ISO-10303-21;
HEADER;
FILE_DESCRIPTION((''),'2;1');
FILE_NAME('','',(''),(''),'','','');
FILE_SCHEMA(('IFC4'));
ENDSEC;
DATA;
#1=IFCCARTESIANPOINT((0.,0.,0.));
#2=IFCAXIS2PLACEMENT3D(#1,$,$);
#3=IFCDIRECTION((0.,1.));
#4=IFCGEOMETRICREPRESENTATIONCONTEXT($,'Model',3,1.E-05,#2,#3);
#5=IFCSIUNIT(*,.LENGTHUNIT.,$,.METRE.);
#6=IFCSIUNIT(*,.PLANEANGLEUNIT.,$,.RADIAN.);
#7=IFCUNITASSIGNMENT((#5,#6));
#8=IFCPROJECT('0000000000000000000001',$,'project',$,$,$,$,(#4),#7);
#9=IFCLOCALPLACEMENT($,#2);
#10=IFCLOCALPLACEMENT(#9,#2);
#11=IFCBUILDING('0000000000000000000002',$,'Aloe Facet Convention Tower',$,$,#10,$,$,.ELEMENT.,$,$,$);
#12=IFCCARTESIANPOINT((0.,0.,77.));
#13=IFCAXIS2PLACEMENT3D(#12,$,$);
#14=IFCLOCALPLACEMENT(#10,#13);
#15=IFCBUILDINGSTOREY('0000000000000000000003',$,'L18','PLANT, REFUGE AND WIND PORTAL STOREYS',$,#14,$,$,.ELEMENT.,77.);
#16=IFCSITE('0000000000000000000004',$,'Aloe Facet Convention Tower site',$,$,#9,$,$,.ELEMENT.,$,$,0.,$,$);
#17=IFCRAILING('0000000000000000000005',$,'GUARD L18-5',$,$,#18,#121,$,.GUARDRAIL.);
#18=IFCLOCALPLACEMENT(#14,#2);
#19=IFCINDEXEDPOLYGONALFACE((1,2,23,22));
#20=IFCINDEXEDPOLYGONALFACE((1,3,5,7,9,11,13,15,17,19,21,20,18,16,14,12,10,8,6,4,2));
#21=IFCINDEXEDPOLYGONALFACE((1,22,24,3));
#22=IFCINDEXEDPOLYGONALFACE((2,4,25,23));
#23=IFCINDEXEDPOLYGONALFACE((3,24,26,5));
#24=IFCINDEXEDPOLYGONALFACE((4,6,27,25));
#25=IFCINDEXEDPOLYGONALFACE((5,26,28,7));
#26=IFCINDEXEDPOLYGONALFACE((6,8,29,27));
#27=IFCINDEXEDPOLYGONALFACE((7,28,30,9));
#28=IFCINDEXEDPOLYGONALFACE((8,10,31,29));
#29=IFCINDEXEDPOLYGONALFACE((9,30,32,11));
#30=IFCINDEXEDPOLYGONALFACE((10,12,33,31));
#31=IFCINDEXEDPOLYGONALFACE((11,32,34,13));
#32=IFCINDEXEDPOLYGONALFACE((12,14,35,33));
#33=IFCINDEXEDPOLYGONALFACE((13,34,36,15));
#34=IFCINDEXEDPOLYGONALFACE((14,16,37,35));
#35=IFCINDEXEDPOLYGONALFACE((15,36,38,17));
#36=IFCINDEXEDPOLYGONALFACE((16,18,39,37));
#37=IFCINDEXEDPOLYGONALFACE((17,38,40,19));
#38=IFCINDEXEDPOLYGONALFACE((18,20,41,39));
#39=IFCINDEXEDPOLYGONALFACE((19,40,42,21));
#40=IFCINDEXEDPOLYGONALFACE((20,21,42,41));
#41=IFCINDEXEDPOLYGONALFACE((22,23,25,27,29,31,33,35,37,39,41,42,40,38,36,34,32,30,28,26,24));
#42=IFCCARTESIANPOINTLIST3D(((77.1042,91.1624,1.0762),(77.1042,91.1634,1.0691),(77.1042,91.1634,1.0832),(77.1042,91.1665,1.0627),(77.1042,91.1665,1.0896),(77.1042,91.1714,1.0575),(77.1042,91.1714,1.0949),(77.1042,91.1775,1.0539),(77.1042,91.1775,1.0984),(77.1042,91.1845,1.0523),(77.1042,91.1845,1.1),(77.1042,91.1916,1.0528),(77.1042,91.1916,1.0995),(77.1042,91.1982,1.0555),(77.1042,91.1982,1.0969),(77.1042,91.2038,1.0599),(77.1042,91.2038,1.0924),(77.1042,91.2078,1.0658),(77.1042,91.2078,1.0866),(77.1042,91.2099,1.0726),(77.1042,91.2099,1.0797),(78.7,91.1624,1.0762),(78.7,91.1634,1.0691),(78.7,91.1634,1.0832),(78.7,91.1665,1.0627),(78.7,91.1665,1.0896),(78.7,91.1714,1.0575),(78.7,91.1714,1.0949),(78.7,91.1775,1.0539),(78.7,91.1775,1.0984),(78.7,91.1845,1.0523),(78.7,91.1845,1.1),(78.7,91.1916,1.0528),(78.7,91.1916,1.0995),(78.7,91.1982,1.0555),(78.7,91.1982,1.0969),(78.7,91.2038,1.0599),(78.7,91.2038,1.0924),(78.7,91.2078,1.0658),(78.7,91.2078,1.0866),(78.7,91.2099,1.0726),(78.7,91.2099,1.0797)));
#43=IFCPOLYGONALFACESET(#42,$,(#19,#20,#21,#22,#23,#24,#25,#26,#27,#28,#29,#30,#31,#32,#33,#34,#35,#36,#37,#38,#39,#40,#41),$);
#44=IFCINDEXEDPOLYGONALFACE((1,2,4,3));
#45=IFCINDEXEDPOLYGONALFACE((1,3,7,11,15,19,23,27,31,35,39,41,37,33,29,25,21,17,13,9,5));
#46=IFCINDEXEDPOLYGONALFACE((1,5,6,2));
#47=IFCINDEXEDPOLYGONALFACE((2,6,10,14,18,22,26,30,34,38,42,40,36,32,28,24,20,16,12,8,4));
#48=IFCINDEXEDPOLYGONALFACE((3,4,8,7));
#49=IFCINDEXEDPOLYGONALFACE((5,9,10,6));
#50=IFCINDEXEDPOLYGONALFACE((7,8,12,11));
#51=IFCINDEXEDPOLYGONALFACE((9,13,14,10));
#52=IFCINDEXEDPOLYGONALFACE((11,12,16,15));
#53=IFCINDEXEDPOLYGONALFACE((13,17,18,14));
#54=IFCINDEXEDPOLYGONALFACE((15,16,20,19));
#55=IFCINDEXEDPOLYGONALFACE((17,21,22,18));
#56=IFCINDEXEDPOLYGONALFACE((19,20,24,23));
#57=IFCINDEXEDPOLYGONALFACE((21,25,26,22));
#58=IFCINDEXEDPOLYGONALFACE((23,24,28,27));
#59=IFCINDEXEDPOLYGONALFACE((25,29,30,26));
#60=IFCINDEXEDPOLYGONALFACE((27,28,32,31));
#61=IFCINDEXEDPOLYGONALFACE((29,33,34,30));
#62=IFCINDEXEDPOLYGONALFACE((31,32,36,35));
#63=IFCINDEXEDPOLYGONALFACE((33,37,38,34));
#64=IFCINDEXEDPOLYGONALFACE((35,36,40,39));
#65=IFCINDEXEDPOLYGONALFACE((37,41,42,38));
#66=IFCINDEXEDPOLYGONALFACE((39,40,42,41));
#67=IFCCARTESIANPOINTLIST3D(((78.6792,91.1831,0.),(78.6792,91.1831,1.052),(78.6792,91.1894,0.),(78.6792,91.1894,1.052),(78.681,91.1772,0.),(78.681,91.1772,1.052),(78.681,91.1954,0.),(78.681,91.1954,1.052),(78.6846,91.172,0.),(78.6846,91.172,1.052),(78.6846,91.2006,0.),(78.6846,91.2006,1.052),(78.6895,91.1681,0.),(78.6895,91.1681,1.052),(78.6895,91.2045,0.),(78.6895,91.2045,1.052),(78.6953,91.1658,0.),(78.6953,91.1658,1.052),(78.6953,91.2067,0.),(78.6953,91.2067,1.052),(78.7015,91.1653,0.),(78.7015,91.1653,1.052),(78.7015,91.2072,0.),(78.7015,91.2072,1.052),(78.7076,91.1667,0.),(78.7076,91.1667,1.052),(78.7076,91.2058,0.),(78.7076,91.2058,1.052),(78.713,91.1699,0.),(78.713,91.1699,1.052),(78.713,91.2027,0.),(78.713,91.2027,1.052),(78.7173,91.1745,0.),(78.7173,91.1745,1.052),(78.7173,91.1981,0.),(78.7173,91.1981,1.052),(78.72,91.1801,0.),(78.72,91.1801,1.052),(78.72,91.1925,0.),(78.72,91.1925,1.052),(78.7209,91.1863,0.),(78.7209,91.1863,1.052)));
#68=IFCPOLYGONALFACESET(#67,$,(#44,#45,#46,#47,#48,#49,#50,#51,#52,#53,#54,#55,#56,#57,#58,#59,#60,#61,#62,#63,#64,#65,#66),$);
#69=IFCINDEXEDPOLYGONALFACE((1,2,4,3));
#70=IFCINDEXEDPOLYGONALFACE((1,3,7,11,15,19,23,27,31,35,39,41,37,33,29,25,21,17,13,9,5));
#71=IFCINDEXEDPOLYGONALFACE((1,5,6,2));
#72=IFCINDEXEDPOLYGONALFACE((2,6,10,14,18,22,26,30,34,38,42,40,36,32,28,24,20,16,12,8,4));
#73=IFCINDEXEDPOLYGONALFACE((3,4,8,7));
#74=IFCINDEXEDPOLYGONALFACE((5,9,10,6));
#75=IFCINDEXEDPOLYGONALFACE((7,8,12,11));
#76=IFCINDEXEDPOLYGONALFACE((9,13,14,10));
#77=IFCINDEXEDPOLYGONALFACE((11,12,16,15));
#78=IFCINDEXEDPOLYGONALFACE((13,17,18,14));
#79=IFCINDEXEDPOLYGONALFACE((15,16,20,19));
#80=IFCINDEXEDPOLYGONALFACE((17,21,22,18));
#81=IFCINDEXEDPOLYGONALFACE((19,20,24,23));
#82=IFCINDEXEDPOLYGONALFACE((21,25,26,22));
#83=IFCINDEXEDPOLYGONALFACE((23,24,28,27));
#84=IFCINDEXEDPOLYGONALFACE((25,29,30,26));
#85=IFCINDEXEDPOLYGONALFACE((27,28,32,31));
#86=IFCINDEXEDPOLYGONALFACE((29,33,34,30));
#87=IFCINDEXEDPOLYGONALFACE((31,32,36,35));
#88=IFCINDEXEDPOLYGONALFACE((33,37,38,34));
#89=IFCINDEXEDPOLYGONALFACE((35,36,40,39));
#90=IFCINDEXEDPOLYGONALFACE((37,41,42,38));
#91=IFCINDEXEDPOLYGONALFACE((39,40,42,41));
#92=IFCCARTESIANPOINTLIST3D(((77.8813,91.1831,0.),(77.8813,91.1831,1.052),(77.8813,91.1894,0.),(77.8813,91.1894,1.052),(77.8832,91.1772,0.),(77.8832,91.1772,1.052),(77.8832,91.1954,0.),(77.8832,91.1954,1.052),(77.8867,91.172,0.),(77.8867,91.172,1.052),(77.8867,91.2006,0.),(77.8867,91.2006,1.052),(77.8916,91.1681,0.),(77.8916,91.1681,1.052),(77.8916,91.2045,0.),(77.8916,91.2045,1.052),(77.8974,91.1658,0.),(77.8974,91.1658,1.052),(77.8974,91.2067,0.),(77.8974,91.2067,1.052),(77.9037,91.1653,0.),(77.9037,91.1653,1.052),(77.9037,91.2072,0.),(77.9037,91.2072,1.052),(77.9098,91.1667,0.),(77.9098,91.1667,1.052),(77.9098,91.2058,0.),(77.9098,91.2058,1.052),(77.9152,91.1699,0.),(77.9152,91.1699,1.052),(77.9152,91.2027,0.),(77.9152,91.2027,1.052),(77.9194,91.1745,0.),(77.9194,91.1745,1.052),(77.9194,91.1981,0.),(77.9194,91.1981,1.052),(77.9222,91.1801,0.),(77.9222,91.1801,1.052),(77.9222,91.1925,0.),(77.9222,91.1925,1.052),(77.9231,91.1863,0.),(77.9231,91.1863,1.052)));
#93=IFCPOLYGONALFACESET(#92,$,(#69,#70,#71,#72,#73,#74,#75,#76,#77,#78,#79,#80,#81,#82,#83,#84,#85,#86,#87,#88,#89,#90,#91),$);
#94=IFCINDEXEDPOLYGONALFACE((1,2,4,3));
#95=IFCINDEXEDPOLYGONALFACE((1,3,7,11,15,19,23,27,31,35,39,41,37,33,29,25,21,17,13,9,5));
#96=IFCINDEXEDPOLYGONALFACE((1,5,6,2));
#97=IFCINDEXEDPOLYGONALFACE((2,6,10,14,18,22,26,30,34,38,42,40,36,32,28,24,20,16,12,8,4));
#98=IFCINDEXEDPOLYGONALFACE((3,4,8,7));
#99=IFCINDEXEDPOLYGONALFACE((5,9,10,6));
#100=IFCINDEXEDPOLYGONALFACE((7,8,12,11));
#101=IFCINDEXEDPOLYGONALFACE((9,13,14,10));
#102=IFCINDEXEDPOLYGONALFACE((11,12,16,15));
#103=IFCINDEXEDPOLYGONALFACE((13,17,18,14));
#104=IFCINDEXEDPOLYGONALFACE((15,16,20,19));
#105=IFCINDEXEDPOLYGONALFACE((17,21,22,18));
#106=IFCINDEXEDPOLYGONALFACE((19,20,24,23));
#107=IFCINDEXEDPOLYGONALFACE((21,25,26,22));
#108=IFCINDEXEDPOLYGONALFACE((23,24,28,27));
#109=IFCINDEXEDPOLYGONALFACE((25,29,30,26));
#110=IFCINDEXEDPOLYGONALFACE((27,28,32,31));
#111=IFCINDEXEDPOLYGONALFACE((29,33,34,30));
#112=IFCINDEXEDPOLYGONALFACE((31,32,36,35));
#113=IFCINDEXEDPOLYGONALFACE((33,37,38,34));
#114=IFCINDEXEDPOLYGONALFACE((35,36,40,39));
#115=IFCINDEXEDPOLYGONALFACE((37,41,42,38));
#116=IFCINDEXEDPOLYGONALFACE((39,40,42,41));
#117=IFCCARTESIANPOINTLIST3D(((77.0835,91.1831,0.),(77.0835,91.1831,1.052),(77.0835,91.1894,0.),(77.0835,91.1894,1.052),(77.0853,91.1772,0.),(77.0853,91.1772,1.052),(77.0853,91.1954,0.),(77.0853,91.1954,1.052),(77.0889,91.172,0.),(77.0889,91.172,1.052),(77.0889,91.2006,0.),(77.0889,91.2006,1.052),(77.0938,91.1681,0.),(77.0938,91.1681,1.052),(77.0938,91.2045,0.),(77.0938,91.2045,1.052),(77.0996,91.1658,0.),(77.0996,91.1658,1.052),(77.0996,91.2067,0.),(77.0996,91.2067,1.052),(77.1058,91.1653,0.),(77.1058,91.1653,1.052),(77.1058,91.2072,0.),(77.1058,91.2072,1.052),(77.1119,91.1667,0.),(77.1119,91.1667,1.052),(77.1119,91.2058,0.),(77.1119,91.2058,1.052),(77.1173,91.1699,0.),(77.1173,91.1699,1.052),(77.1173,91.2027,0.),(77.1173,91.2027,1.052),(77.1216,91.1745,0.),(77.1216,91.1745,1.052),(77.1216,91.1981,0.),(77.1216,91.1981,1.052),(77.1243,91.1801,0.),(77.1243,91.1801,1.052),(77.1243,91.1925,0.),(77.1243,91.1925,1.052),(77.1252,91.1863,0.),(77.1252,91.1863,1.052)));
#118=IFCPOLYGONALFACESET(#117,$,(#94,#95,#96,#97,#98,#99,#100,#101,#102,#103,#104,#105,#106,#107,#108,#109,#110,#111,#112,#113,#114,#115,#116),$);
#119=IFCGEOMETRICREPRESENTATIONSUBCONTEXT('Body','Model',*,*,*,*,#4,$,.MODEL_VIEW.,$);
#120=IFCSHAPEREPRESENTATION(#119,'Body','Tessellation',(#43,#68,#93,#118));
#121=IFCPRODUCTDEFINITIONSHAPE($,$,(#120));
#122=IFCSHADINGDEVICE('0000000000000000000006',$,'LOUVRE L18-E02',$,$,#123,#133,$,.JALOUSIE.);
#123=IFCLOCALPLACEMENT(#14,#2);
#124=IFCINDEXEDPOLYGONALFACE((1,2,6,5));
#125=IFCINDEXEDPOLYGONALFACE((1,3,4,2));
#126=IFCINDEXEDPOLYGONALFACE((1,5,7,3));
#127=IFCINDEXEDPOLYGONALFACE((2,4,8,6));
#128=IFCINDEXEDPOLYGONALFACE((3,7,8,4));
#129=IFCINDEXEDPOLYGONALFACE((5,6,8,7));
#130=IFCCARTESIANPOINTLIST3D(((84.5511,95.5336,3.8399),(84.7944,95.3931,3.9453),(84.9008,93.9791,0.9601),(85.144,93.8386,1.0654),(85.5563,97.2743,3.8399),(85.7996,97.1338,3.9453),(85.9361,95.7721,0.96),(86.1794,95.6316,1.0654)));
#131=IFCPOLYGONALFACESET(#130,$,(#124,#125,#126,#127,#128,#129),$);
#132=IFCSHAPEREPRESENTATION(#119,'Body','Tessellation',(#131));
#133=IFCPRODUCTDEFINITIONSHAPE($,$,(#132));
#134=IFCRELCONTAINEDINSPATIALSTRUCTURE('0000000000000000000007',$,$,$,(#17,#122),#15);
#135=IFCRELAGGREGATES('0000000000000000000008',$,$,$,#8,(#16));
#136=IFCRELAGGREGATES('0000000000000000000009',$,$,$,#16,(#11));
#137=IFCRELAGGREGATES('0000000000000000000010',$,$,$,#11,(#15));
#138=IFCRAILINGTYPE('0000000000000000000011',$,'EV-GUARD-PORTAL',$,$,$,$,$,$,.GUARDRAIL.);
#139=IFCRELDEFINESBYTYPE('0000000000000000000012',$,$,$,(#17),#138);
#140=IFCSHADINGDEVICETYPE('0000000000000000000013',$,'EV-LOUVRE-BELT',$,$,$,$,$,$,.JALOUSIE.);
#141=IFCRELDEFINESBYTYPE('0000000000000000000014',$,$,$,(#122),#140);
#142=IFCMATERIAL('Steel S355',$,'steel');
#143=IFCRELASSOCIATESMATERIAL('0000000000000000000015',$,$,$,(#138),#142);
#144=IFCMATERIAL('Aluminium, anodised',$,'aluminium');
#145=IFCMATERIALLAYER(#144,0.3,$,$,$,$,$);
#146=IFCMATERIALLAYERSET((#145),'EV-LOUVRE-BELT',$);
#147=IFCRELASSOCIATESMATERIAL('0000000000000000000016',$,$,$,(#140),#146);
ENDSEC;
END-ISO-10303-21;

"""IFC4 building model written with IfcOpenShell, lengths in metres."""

from ifc_helpers import new_model, si_unit, direction, frame, origin, origin_2d, place, context, subcontext, project, spatial, polyline, circle, outline, extrude, material, layer, layer_set, type_object, element, save


model = new_model("IFC4")

# Units and contexts
model_context = context("Model", 3, precision=1e-05, world=origin(), true_north=direction((0.0, 1.0)))
body_context = subcontext(model_context, "Body", "Model", "MODEL_VIEW")
ifc_project = project(units=[si_unit("LENGTHUNIT", "METRE"), si_unit("PLANEANGLEUNIT", "RADIAN")], contexts=[model_context])

# Site, building, storey
site_placement = place(None, origin())
site = spatial("IfcSite", under=ifc_project, at=site_placement, Name="Aloe Facet Convention Tower site", CompositionType="ELEMENT", RefElevation=0.0)
building_placement = place(site_placement, origin())
building = spatial("IfcBuilding", under=site, at=building_placement, Name="Aloe Facet Convention Tower", CompositionType="ELEMENT")
storey_placement = place(building_placement, frame((0.0, 0.0, 77.0)))
storey = spatial("IfcBuildingStorey", under=building, at=storey_placement, Name="L18", Description="PLANT, REFUGE AND WIND PORTAL STOREYS", CompositionType="ELEMENT", Elevation=77.0)

# Railing
ifc_material_1 = material(Name="Steel S355", Category="steel")
railing_type = type_object("IfcRailingType", Name="EV-GUARD-PORTAL", PredefinedType="GUARDRAIL", material=ifc_material_1)
for number, where, name in (
    (1, (78.7, 91.1863, 0.0), "GUARD L18-5"),
):
    element("IfcRailing", number, at=place(storey_placement, frame(where)), inside=storey, type_object=railing_type, Name=name, PredefinedType="GUARDRAIL", context=body_context, shape_type="SweptSolid", body=[
        extrude(circle(Radius=0.0239, at=origin_2d()), frame((0.0, 0.0, 1.0762), z_axis=(-1.0, 0.0, 0.0), x_axis=(0.0, -1.0, 0.0)), (0.0, 0.0, 1.0), 1.5957),
        extrude(circle(Radius=0.021, at=origin_2d()), origin(), (0.0, 0.0, 1.0), 1.052),
        extrude(circle(Radius=0.021, at=origin_2d()), frame((-0.7979, 0.0, 0.0)), (0.0, 0.0, 1.0), 1.052),
        extrude(circle(Radius=0.021, at=origin_2d()), frame((-1.5957, 0.0, 0.0)), (0.0, 0.0, 1.0), 1.052),
    ])

# Shading device
ifc_material_2 = material(Name="Aluminium, anodised", Category="aluminium")
ifc_layer_1 = layer(ifc_material_2, 0.3)
ifc_layer_set_1 = layer_set([ifc_layer_1], Name="EV-LOUVRE-BELT")
shading_device_type = type_object("IfcShadingDeviceType", Name="EV-LOUVRE-BELT", PredefinedType="JALOUSIE", material=ifc_layer_set_1)
shading_device_placement = place(storey_placement, frame((85.144, 93.8386, 1.0654), z_axis=(0.810835, -0.468216, 0.351171), x_axis=(0.500067, 0.865987, -0.000007)))
element("IfcShadingDevice", 2, at=shading_device_placement, inside=storey, type_object=shading_device_type, Name="LOUVRE L18-E02", PredefinedType="JALOUSIE", context=body_context, shape_type="SweptSolid", body=[
    extrude(outline(polyline([(0.0, 0.0), (2.0705, 0.0), (3.1814, 3.0758), (1.1713, 3.0758), (0.0, 0.0)])), origin(), (0.0, 0.0, -1.0), 0.3),
])

save(model, "model.ifc")
